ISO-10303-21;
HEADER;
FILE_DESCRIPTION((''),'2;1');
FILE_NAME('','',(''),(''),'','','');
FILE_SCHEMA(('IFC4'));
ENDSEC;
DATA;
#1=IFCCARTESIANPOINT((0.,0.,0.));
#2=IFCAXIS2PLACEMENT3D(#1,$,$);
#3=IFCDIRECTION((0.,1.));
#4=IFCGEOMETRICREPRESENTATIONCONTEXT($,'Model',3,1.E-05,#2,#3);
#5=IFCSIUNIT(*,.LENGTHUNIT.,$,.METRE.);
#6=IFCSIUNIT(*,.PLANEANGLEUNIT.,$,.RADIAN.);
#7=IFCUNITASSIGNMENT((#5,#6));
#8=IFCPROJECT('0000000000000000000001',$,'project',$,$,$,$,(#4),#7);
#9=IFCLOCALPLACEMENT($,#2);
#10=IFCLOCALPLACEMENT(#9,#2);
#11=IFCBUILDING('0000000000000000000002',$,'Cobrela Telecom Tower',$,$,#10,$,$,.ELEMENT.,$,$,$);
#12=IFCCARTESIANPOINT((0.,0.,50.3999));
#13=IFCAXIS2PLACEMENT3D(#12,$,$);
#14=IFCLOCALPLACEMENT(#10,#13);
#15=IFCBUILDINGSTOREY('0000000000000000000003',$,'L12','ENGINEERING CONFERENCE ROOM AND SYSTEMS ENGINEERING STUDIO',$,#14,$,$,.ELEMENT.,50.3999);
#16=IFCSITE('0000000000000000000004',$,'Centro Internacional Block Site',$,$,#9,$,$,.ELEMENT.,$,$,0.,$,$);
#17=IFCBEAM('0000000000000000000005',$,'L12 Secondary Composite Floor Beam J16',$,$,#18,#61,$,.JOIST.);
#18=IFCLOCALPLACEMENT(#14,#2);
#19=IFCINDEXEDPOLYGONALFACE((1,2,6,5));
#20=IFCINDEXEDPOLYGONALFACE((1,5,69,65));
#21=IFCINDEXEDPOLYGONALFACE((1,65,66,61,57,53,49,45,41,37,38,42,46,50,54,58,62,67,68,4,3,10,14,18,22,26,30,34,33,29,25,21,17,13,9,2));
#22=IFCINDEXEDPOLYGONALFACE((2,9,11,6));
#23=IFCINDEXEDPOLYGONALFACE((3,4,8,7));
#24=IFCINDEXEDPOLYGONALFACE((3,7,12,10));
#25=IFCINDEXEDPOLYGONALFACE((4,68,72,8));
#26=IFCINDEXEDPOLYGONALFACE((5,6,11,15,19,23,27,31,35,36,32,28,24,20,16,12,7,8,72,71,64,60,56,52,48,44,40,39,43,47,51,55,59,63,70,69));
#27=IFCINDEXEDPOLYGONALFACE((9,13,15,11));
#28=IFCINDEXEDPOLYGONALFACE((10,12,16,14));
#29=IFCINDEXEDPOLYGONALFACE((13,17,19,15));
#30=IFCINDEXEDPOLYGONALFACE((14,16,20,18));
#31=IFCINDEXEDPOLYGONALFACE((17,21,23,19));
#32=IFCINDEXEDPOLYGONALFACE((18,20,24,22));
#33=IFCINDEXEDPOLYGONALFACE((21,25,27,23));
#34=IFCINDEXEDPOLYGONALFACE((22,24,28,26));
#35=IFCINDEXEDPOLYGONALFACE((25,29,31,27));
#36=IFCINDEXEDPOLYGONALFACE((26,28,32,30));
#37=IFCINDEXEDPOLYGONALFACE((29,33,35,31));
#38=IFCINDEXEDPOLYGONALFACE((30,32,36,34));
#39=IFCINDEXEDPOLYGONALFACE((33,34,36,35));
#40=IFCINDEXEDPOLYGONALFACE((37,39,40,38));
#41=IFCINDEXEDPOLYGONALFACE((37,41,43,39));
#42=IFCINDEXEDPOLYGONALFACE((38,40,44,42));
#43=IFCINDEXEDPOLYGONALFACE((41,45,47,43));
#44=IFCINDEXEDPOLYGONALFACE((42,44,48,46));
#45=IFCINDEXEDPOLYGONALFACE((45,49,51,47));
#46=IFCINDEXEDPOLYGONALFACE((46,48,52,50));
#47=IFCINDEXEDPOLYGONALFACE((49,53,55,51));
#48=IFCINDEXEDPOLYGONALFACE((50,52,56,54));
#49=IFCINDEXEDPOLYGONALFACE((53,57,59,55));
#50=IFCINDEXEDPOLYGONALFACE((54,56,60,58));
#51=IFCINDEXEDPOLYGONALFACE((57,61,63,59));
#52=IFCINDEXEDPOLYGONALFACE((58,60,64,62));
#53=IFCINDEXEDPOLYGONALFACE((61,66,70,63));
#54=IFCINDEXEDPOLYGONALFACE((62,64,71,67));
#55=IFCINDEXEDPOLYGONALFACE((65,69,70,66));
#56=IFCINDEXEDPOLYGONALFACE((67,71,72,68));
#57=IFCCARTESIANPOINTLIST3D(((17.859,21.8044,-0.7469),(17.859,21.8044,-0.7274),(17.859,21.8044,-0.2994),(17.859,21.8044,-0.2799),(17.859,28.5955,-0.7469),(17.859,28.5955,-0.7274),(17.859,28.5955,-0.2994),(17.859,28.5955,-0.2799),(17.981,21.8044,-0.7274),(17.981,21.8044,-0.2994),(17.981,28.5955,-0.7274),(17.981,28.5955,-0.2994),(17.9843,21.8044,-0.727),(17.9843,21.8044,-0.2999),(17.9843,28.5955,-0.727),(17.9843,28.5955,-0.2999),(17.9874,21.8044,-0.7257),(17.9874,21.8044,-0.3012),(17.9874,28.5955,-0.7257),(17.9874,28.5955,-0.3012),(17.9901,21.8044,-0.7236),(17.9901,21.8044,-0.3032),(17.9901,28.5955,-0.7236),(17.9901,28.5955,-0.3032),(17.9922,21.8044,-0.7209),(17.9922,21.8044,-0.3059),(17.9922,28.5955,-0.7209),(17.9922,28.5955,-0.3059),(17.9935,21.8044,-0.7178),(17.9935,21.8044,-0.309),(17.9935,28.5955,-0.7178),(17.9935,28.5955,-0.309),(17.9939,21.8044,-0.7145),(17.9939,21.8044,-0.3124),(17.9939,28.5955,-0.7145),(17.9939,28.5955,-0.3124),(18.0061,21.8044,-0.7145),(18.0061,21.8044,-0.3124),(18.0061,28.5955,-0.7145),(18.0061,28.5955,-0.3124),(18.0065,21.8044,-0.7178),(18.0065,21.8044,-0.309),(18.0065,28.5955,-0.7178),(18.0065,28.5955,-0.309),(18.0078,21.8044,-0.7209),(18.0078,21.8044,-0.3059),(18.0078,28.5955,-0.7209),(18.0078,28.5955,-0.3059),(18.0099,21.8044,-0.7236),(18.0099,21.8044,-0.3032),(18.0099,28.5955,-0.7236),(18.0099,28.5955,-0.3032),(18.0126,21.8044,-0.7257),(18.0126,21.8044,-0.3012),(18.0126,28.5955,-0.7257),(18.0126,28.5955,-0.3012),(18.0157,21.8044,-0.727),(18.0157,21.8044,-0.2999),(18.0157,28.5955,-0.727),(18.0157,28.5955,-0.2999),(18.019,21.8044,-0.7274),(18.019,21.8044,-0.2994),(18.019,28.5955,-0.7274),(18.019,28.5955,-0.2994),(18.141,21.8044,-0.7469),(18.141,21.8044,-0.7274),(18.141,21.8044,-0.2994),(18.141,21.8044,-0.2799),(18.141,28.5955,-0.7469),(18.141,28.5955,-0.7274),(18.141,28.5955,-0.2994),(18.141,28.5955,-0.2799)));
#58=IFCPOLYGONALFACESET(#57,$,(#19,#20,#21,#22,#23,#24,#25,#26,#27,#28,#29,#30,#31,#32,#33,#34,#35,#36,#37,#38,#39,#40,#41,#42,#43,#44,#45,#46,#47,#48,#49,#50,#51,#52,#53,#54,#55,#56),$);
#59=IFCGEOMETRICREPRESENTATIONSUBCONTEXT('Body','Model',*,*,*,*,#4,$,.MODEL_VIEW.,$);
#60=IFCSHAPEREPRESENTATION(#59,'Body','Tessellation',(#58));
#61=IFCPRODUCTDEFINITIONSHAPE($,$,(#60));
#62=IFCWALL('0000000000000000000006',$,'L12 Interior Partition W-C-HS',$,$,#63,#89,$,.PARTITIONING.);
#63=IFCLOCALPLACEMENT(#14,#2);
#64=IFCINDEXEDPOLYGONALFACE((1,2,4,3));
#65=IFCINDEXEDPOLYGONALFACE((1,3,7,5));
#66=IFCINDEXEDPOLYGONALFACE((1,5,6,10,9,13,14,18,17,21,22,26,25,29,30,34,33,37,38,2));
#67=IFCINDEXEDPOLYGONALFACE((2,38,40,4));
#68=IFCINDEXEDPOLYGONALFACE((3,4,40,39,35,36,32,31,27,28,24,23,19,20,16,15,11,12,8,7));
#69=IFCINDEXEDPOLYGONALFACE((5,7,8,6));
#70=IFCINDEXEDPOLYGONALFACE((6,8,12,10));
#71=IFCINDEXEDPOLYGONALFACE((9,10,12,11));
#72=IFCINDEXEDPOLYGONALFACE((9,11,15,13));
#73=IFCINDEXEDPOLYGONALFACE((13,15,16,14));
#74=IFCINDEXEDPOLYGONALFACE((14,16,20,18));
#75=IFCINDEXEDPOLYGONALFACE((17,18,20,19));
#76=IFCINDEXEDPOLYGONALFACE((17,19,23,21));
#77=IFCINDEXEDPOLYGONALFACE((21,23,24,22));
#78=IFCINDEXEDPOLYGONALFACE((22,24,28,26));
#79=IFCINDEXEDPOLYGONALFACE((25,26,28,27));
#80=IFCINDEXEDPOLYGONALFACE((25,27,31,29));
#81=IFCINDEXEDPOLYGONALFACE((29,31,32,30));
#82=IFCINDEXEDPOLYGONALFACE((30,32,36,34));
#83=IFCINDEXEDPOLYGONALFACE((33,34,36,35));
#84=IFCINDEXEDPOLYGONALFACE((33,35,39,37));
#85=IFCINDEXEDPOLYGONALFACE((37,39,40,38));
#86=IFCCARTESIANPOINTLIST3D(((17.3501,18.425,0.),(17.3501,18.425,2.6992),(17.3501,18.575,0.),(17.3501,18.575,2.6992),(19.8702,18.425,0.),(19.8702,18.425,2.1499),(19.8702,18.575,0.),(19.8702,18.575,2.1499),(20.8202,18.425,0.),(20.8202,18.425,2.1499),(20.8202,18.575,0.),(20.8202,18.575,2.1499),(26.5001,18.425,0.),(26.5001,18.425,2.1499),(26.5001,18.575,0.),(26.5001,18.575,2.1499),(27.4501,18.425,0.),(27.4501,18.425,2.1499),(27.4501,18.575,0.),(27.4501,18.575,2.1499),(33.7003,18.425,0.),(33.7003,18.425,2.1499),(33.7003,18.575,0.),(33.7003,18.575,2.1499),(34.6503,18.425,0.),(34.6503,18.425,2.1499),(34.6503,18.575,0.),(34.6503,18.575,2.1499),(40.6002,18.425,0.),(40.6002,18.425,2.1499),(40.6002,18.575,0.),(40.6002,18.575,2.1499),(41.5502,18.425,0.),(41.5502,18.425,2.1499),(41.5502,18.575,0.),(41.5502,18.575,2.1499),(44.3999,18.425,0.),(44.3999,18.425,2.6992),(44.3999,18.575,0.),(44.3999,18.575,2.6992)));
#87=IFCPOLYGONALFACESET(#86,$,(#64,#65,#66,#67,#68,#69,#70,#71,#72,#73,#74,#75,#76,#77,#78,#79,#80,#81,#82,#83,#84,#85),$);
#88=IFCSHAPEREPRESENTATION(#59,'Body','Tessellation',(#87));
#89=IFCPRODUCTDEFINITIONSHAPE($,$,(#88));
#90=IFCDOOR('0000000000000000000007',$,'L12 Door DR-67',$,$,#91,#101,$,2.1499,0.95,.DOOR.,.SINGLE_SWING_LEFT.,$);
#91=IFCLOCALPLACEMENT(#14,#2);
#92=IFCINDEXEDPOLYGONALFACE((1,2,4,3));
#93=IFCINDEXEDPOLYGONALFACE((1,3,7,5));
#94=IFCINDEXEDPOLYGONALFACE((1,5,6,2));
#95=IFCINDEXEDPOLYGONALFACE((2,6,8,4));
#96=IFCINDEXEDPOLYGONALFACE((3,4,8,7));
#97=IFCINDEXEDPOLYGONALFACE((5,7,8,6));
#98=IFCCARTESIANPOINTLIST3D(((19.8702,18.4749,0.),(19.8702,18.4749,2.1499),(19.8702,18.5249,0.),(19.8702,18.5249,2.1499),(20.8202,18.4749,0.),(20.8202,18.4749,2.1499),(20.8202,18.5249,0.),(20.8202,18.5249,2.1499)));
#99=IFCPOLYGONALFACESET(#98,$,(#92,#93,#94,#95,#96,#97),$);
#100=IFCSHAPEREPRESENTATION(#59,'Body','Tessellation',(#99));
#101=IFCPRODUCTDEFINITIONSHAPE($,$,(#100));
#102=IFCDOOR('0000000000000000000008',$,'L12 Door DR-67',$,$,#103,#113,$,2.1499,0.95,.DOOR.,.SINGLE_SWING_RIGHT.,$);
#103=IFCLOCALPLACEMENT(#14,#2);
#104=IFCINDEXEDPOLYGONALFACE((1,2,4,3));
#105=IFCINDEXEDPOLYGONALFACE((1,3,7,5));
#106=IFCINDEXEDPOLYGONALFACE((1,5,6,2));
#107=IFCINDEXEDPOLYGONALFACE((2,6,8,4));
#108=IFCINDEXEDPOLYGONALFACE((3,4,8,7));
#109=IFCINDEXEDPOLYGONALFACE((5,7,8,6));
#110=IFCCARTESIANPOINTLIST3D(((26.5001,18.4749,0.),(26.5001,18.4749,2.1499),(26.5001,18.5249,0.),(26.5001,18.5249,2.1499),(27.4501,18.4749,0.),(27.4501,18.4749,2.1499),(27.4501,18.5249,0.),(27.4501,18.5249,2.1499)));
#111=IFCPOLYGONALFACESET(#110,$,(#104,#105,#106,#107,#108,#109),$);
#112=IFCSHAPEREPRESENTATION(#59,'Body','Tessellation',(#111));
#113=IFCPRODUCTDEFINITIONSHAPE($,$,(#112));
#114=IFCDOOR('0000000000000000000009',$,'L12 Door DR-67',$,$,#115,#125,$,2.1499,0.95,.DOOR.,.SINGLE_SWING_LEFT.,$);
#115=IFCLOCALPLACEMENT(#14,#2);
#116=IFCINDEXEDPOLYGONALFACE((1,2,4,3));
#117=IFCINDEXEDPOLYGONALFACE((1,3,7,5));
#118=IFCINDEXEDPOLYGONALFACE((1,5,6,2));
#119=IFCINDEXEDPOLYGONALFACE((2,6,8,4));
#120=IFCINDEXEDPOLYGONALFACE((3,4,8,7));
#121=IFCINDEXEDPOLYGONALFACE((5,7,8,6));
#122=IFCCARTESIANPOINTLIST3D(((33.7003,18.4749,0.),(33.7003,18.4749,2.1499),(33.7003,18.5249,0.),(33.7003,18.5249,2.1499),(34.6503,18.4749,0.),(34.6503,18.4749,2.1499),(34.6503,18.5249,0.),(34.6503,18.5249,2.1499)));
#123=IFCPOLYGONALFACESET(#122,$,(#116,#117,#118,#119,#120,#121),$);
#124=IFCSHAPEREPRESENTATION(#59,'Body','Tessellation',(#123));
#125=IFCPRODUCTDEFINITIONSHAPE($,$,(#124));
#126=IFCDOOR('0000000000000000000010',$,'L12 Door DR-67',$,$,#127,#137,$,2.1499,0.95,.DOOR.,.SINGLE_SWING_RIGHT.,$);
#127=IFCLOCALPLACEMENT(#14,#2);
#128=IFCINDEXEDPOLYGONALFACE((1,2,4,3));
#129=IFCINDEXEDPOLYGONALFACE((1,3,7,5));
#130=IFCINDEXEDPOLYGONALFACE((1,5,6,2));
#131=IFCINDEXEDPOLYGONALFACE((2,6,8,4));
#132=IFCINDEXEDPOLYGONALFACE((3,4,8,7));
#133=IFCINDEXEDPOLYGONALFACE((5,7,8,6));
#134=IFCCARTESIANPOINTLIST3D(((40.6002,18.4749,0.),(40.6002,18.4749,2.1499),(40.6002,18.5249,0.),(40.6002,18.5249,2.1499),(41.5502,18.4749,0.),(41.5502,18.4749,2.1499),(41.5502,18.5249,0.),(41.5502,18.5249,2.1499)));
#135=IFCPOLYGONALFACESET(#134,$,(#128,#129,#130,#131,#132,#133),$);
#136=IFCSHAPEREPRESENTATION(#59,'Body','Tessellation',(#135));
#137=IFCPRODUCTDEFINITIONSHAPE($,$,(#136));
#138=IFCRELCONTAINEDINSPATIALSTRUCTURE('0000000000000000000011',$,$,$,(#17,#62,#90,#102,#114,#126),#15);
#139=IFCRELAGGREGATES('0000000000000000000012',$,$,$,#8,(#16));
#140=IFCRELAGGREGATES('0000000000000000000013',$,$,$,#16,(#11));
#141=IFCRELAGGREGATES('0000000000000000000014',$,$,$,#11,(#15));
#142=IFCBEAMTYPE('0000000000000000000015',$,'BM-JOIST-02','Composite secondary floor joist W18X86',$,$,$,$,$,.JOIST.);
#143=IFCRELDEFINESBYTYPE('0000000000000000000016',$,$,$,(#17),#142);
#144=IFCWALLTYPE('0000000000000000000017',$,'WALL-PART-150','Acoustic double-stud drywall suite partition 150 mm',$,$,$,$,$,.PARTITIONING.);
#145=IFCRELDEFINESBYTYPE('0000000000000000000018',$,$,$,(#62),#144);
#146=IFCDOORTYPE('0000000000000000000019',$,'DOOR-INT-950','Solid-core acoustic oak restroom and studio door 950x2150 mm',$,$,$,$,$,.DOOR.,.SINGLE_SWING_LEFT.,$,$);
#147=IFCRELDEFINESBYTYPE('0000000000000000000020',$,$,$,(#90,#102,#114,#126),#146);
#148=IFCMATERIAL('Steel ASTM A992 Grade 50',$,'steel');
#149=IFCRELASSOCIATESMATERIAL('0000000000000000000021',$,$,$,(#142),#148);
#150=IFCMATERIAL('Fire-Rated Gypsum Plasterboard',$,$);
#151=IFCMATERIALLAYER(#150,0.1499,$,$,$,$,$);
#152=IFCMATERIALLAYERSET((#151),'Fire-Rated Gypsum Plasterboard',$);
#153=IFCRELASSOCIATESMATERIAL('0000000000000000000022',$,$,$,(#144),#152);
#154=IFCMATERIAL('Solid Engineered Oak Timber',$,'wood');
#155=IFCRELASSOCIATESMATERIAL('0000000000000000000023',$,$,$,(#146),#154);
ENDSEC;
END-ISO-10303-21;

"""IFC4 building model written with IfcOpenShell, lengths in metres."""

from ifc_helpers import new_model, si_unit, direction, frame, frame_2d, origin, origin_2d, place, context, subcontext, project, spatial, rectangle, i_section, extrude, material, layer, layer_set, material_profile, profile_set, type_object, element, fill, save


model = new_model("IFC4")

# Units and contexts
model_context = context("Model", 3, precision=1e-05, world=origin(), true_north=direction((0.0, 1.0)))
body_context = subcontext(model_context, "Body", "Model", "MODEL_VIEW")
ifc_project = project(units=[si_unit("LENGTHUNIT", "METRE"), si_unit("PLANEANGLEUNIT", "RADIAN")], contexts=[model_context])

# Site, building, storey
site_placement = place(None, origin())
site = spatial("IfcSite", under=ifc_project, at=site_placement, Name="Centro Internacional Block Site", CompositionType="ELEMENT", RefElevation=0.0)
building_placement = place(site_placement, origin())
building = spatial("IfcBuilding", under=site, at=building_placement, Name="Cobrela Telecom Tower", CompositionType="ELEMENT")
storey_placement = place(building_placement, frame((0.0, 0.0, 50.3999)))
storey = spatial("IfcBuildingStorey", under=building, at=storey_placement, Name="L12", Description="ENGINEERING CONFERENCE ROOM AND SYSTEMS ENGINEERING STUDIO", CompositionType="ELEMENT", Elevation=50.3999)

# Beam
ifc_material_1 = material(Name="Steel ASTM A992 Grade 50", Category="steel")
ifc_material_profile_1 = material_profile(ifc_material_1, i_section(OverallWidth=0.282, OverallDepth=0.467, WebThickness=0.0122, FlangeThickness=0.0195, FilletRadius=0.0129, at=origin_2d()), Name="W18X86")
ifc_profile_set_1 = profile_set([ifc_material_profile_1], Name="Steel ASTM A992 Grade 50")
beam_type_1 = type_object("IfcBeamType", Name="BM-JOIST-02", Description="Composite secondary floor joist W18X86", PredefinedType="JOIST", material=ifc_profile_set_1)
for number, where, z_axis, x_axis, name in (
    (1, (18.0, 21.8044, -0.5134), (0.0, 1.0, 0.0), (-1.0, 0.0, 0.0), "L12 Secondary Composite Floor Beam J16"),
):
    element("IfcBeam", number, at=place(storey_placement, frame(where, z_axis=z_axis, x_axis=x_axis)), inside=storey, type_object=beam_type_1, Name=name, PredefinedType="JOIST", context=body_context, shape_type="SweptSolid", body=[
        extrude(i_section(OverallWidth=0.282, OverallDepth=0.467, WebThickness=0.0122, FlangeThickness=0.0195, FilletRadius=0.0129, at=origin_2d()), origin(), (0.0, 0.0, 1.0), 6.791),
    ])

# Wall, openings, doors
ifc_material_2 = material(Name="Fire-Rated Gypsum Plasterboard")
ifc_layer_1 = layer(ifc_material_2, 0.1499)
ifc_layer_set_1 = layer_set([ifc_layer_1], Name="Fire-Rated Gypsum Plasterboard")
wall_type_1 = type_object("IfcWallType", Name="WALL-PART-150", Description="Acoustic double-stud drywall suite partition 150 mm", PredefinedType="PARTITIONING", material=ifc_layer_set_1)
ifc_material_3 = material(Name="Solid Engineered Oak Timber", Category="wood")
wall_1_placement = place(storey_placement, frame((17.3501, 18.5, 0.0), z_axis=(0.0, 0.0, 1.0), x_axis=(1.0, 0.0, 0.0)))
wall_1 = element("IfcWall", 2, at=wall_1_placement, inside=storey, type_object=wall_type_1, Name="L12 Interior Partition W-C-HS", PredefinedType="PARTITIONING", context=body_context, shape_type="SweptSolid", body=[
    extrude(rectangle(XDim=27.0498, YDim=0.1499, at=frame_2d((13.5249, 0.0))), origin(), (0.0, 0.0, 1.0), 2.6992),
])
opening_1_placement = place(wall_1_placement, frame((2.52, 0.0, 0.0)))
opening_1 = element("IfcOpeningElement", 3, at=opening_1_placement, cuts=wall_1, PredefinedType="OPENING", context=body_context, shape_type="SweptSolid", body=[
    extrude(rectangle(XDim=0.95, YDim=2.1499, at=frame_2d((0.4751, 1.075))), frame((0.0, 0.0869, 0.0), z_axis=(0.0, -1.0, 0.0), x_axis=(1.0, 0.0, 0.0)), (0.0, 0.0, 1.0), 0.1738),
])
opening_2_placement = place(wall_1_placement, frame((9.1499, 0.0, 0.0)))
opening_2 = element("IfcOpeningElement", 4, at=opening_2_placement, cuts=wall_1, PredefinedType="OPENING", context=body_context, shape_type="SweptSolid", body=[
    extrude(rectangle(XDim=0.95, YDim=2.1499, at=frame_2d((0.4751, 1.075))), frame((0.0, 0.0869, 0.0), z_axis=(0.0, -1.0, 0.0), x_axis=(1.0, 0.0, 0.0)), (0.0, 0.0, 1.0), 0.1738),
])
opening_3_placement = place(wall_1_placement, frame((16.3501, 0.0, 0.0)))
opening_3 = element("IfcOpeningElement", 5, at=opening_3_placement, cuts=wall_1, PredefinedType="OPENING", context=body_context, shape_type="SweptSolid", body=[
    extrude(rectangle(XDim=0.95, YDim=2.1499, at=frame_2d((0.4751, 1.075))), frame((0.0, 0.0869, 0.0), z_axis=(0.0, -1.0, 0.0), x_axis=(1.0, 0.0, 0.0)), (0.0, 0.0, 1.0), 0.1738),
])
opening_4_placement = place(wall_1_placement, frame((23.25, 0.0, 0.0)))
opening_4 = element("IfcOpeningElement", 6, at=opening_4_placement, cuts=wall_1, PredefinedType="OPENING", context=body_context, shape_type="SweptSolid", body=[
    extrude(rectangle(XDim=0.95, YDim=2.1499, at=frame_2d((0.4751, 1.075))), frame((0.0, 0.0869, 0.0), z_axis=(0.0, -1.0, 0.0), x_axis=(1.0, 0.0, 0.0)), (0.0, 0.0, 1.0), 0.1738),
])
door_type_1 = type_object("IfcDoorType", Name="DOOR-INT-950", Description="Solid-core acoustic oak restroom and studio door 950x2150 mm", OperationType="SINGLE_SWING_LEFT", PredefinedType="DOOR", material=ifc_material_3)
door_1_placement = place(opening_1_placement, origin())
door_1 = element("IfcDoor", 7, at=door_1_placement, inside=storey, type_object=door_type_1, Name="L12 Door DR-67", OperationType="SINGLE_SWING_LEFT", OverallHeight=2.1499, OverallWidth=0.95, PredefinedType="DOOR", context=body_context, shape_type="SweptSolid", body=[
    extrude(rectangle(XDim=0.95, YDim=2.1499, at=frame_2d((0.4751, 1.075))), frame((0.0, 0.0249, 0.0), z_axis=(0.0, -1.0, 0.0), x_axis=(1.0, 0.0, 0.0)), (0.0, 0.0, 1.0), 0.05),
])
fill(opening_1, door_1)
door_2_placement = place(opening_2_placement, origin())
door_2 = element("IfcDoor", 8, at=door_2_placement, inside=storey, type_object=door_type_1, Name="L12 Door DR-67", OperationType="SINGLE_SWING_RIGHT", OverallHeight=2.1499, OverallWidth=0.95, PredefinedType="DOOR", context=body_context, shape_type="SweptSolid", body=[
    extrude(rectangle(XDim=0.95, YDim=2.1499, at=frame_2d((0.4751, 1.075))), frame((0.0, 0.0249, 0.0), z_axis=(0.0, -1.0, 0.0), x_axis=(1.0, 0.0, 0.0)), (0.0, 0.0, 1.0), 0.05),
])
fill(opening_2, door_2)
door_3_placement = place(opening_3_placement, origin())
door_3 = element("IfcDoor", 9, at=door_3_placement, inside=storey, type_object=door_type_1, Name="L12 Door DR-67", OperationType="SINGLE_SWING_LEFT", OverallHeight=2.1499, OverallWidth=0.95, PredefinedType="DOOR", context=body_context, shape_type="SweptSolid", body=[
    extrude(rectangle(XDim=0.95, YDim=2.1499, at=frame_2d((0.4751, 1.075))), frame((0.0, 0.0249, 0.0), z_axis=(0.0, -1.0, 0.0), x_axis=(1.0, 0.0, 0.0)), (0.0, 0.0, 1.0), 0.05),
])
fill(opening_3, door_3)
door_4_placement = place(opening_4_placement, origin())
door_4 = element("IfcDoor", 10, at=door_4_placement, inside=storey, type_object=door_type_1, Name="L12 Door DR-67", OperationType="SINGLE_SWING_RIGHT", OverallHeight=2.1499, OverallWidth=0.95, PredefinedType="DOOR", context=body_context, shape_type="SweptSolid", body=[
    extrude(rectangle(XDim=0.95, YDim=2.1499, at=frame_2d((0.4751, 1.075))), frame((0.0, 0.0249, 0.0), z_axis=(0.0, -1.0, 0.0), x_axis=(1.0, 0.0, 0.0)), (0.0, 0.0, 1.0), 0.05),
])
fill(opening_4, door_4)

save(model, "model.ifc")
